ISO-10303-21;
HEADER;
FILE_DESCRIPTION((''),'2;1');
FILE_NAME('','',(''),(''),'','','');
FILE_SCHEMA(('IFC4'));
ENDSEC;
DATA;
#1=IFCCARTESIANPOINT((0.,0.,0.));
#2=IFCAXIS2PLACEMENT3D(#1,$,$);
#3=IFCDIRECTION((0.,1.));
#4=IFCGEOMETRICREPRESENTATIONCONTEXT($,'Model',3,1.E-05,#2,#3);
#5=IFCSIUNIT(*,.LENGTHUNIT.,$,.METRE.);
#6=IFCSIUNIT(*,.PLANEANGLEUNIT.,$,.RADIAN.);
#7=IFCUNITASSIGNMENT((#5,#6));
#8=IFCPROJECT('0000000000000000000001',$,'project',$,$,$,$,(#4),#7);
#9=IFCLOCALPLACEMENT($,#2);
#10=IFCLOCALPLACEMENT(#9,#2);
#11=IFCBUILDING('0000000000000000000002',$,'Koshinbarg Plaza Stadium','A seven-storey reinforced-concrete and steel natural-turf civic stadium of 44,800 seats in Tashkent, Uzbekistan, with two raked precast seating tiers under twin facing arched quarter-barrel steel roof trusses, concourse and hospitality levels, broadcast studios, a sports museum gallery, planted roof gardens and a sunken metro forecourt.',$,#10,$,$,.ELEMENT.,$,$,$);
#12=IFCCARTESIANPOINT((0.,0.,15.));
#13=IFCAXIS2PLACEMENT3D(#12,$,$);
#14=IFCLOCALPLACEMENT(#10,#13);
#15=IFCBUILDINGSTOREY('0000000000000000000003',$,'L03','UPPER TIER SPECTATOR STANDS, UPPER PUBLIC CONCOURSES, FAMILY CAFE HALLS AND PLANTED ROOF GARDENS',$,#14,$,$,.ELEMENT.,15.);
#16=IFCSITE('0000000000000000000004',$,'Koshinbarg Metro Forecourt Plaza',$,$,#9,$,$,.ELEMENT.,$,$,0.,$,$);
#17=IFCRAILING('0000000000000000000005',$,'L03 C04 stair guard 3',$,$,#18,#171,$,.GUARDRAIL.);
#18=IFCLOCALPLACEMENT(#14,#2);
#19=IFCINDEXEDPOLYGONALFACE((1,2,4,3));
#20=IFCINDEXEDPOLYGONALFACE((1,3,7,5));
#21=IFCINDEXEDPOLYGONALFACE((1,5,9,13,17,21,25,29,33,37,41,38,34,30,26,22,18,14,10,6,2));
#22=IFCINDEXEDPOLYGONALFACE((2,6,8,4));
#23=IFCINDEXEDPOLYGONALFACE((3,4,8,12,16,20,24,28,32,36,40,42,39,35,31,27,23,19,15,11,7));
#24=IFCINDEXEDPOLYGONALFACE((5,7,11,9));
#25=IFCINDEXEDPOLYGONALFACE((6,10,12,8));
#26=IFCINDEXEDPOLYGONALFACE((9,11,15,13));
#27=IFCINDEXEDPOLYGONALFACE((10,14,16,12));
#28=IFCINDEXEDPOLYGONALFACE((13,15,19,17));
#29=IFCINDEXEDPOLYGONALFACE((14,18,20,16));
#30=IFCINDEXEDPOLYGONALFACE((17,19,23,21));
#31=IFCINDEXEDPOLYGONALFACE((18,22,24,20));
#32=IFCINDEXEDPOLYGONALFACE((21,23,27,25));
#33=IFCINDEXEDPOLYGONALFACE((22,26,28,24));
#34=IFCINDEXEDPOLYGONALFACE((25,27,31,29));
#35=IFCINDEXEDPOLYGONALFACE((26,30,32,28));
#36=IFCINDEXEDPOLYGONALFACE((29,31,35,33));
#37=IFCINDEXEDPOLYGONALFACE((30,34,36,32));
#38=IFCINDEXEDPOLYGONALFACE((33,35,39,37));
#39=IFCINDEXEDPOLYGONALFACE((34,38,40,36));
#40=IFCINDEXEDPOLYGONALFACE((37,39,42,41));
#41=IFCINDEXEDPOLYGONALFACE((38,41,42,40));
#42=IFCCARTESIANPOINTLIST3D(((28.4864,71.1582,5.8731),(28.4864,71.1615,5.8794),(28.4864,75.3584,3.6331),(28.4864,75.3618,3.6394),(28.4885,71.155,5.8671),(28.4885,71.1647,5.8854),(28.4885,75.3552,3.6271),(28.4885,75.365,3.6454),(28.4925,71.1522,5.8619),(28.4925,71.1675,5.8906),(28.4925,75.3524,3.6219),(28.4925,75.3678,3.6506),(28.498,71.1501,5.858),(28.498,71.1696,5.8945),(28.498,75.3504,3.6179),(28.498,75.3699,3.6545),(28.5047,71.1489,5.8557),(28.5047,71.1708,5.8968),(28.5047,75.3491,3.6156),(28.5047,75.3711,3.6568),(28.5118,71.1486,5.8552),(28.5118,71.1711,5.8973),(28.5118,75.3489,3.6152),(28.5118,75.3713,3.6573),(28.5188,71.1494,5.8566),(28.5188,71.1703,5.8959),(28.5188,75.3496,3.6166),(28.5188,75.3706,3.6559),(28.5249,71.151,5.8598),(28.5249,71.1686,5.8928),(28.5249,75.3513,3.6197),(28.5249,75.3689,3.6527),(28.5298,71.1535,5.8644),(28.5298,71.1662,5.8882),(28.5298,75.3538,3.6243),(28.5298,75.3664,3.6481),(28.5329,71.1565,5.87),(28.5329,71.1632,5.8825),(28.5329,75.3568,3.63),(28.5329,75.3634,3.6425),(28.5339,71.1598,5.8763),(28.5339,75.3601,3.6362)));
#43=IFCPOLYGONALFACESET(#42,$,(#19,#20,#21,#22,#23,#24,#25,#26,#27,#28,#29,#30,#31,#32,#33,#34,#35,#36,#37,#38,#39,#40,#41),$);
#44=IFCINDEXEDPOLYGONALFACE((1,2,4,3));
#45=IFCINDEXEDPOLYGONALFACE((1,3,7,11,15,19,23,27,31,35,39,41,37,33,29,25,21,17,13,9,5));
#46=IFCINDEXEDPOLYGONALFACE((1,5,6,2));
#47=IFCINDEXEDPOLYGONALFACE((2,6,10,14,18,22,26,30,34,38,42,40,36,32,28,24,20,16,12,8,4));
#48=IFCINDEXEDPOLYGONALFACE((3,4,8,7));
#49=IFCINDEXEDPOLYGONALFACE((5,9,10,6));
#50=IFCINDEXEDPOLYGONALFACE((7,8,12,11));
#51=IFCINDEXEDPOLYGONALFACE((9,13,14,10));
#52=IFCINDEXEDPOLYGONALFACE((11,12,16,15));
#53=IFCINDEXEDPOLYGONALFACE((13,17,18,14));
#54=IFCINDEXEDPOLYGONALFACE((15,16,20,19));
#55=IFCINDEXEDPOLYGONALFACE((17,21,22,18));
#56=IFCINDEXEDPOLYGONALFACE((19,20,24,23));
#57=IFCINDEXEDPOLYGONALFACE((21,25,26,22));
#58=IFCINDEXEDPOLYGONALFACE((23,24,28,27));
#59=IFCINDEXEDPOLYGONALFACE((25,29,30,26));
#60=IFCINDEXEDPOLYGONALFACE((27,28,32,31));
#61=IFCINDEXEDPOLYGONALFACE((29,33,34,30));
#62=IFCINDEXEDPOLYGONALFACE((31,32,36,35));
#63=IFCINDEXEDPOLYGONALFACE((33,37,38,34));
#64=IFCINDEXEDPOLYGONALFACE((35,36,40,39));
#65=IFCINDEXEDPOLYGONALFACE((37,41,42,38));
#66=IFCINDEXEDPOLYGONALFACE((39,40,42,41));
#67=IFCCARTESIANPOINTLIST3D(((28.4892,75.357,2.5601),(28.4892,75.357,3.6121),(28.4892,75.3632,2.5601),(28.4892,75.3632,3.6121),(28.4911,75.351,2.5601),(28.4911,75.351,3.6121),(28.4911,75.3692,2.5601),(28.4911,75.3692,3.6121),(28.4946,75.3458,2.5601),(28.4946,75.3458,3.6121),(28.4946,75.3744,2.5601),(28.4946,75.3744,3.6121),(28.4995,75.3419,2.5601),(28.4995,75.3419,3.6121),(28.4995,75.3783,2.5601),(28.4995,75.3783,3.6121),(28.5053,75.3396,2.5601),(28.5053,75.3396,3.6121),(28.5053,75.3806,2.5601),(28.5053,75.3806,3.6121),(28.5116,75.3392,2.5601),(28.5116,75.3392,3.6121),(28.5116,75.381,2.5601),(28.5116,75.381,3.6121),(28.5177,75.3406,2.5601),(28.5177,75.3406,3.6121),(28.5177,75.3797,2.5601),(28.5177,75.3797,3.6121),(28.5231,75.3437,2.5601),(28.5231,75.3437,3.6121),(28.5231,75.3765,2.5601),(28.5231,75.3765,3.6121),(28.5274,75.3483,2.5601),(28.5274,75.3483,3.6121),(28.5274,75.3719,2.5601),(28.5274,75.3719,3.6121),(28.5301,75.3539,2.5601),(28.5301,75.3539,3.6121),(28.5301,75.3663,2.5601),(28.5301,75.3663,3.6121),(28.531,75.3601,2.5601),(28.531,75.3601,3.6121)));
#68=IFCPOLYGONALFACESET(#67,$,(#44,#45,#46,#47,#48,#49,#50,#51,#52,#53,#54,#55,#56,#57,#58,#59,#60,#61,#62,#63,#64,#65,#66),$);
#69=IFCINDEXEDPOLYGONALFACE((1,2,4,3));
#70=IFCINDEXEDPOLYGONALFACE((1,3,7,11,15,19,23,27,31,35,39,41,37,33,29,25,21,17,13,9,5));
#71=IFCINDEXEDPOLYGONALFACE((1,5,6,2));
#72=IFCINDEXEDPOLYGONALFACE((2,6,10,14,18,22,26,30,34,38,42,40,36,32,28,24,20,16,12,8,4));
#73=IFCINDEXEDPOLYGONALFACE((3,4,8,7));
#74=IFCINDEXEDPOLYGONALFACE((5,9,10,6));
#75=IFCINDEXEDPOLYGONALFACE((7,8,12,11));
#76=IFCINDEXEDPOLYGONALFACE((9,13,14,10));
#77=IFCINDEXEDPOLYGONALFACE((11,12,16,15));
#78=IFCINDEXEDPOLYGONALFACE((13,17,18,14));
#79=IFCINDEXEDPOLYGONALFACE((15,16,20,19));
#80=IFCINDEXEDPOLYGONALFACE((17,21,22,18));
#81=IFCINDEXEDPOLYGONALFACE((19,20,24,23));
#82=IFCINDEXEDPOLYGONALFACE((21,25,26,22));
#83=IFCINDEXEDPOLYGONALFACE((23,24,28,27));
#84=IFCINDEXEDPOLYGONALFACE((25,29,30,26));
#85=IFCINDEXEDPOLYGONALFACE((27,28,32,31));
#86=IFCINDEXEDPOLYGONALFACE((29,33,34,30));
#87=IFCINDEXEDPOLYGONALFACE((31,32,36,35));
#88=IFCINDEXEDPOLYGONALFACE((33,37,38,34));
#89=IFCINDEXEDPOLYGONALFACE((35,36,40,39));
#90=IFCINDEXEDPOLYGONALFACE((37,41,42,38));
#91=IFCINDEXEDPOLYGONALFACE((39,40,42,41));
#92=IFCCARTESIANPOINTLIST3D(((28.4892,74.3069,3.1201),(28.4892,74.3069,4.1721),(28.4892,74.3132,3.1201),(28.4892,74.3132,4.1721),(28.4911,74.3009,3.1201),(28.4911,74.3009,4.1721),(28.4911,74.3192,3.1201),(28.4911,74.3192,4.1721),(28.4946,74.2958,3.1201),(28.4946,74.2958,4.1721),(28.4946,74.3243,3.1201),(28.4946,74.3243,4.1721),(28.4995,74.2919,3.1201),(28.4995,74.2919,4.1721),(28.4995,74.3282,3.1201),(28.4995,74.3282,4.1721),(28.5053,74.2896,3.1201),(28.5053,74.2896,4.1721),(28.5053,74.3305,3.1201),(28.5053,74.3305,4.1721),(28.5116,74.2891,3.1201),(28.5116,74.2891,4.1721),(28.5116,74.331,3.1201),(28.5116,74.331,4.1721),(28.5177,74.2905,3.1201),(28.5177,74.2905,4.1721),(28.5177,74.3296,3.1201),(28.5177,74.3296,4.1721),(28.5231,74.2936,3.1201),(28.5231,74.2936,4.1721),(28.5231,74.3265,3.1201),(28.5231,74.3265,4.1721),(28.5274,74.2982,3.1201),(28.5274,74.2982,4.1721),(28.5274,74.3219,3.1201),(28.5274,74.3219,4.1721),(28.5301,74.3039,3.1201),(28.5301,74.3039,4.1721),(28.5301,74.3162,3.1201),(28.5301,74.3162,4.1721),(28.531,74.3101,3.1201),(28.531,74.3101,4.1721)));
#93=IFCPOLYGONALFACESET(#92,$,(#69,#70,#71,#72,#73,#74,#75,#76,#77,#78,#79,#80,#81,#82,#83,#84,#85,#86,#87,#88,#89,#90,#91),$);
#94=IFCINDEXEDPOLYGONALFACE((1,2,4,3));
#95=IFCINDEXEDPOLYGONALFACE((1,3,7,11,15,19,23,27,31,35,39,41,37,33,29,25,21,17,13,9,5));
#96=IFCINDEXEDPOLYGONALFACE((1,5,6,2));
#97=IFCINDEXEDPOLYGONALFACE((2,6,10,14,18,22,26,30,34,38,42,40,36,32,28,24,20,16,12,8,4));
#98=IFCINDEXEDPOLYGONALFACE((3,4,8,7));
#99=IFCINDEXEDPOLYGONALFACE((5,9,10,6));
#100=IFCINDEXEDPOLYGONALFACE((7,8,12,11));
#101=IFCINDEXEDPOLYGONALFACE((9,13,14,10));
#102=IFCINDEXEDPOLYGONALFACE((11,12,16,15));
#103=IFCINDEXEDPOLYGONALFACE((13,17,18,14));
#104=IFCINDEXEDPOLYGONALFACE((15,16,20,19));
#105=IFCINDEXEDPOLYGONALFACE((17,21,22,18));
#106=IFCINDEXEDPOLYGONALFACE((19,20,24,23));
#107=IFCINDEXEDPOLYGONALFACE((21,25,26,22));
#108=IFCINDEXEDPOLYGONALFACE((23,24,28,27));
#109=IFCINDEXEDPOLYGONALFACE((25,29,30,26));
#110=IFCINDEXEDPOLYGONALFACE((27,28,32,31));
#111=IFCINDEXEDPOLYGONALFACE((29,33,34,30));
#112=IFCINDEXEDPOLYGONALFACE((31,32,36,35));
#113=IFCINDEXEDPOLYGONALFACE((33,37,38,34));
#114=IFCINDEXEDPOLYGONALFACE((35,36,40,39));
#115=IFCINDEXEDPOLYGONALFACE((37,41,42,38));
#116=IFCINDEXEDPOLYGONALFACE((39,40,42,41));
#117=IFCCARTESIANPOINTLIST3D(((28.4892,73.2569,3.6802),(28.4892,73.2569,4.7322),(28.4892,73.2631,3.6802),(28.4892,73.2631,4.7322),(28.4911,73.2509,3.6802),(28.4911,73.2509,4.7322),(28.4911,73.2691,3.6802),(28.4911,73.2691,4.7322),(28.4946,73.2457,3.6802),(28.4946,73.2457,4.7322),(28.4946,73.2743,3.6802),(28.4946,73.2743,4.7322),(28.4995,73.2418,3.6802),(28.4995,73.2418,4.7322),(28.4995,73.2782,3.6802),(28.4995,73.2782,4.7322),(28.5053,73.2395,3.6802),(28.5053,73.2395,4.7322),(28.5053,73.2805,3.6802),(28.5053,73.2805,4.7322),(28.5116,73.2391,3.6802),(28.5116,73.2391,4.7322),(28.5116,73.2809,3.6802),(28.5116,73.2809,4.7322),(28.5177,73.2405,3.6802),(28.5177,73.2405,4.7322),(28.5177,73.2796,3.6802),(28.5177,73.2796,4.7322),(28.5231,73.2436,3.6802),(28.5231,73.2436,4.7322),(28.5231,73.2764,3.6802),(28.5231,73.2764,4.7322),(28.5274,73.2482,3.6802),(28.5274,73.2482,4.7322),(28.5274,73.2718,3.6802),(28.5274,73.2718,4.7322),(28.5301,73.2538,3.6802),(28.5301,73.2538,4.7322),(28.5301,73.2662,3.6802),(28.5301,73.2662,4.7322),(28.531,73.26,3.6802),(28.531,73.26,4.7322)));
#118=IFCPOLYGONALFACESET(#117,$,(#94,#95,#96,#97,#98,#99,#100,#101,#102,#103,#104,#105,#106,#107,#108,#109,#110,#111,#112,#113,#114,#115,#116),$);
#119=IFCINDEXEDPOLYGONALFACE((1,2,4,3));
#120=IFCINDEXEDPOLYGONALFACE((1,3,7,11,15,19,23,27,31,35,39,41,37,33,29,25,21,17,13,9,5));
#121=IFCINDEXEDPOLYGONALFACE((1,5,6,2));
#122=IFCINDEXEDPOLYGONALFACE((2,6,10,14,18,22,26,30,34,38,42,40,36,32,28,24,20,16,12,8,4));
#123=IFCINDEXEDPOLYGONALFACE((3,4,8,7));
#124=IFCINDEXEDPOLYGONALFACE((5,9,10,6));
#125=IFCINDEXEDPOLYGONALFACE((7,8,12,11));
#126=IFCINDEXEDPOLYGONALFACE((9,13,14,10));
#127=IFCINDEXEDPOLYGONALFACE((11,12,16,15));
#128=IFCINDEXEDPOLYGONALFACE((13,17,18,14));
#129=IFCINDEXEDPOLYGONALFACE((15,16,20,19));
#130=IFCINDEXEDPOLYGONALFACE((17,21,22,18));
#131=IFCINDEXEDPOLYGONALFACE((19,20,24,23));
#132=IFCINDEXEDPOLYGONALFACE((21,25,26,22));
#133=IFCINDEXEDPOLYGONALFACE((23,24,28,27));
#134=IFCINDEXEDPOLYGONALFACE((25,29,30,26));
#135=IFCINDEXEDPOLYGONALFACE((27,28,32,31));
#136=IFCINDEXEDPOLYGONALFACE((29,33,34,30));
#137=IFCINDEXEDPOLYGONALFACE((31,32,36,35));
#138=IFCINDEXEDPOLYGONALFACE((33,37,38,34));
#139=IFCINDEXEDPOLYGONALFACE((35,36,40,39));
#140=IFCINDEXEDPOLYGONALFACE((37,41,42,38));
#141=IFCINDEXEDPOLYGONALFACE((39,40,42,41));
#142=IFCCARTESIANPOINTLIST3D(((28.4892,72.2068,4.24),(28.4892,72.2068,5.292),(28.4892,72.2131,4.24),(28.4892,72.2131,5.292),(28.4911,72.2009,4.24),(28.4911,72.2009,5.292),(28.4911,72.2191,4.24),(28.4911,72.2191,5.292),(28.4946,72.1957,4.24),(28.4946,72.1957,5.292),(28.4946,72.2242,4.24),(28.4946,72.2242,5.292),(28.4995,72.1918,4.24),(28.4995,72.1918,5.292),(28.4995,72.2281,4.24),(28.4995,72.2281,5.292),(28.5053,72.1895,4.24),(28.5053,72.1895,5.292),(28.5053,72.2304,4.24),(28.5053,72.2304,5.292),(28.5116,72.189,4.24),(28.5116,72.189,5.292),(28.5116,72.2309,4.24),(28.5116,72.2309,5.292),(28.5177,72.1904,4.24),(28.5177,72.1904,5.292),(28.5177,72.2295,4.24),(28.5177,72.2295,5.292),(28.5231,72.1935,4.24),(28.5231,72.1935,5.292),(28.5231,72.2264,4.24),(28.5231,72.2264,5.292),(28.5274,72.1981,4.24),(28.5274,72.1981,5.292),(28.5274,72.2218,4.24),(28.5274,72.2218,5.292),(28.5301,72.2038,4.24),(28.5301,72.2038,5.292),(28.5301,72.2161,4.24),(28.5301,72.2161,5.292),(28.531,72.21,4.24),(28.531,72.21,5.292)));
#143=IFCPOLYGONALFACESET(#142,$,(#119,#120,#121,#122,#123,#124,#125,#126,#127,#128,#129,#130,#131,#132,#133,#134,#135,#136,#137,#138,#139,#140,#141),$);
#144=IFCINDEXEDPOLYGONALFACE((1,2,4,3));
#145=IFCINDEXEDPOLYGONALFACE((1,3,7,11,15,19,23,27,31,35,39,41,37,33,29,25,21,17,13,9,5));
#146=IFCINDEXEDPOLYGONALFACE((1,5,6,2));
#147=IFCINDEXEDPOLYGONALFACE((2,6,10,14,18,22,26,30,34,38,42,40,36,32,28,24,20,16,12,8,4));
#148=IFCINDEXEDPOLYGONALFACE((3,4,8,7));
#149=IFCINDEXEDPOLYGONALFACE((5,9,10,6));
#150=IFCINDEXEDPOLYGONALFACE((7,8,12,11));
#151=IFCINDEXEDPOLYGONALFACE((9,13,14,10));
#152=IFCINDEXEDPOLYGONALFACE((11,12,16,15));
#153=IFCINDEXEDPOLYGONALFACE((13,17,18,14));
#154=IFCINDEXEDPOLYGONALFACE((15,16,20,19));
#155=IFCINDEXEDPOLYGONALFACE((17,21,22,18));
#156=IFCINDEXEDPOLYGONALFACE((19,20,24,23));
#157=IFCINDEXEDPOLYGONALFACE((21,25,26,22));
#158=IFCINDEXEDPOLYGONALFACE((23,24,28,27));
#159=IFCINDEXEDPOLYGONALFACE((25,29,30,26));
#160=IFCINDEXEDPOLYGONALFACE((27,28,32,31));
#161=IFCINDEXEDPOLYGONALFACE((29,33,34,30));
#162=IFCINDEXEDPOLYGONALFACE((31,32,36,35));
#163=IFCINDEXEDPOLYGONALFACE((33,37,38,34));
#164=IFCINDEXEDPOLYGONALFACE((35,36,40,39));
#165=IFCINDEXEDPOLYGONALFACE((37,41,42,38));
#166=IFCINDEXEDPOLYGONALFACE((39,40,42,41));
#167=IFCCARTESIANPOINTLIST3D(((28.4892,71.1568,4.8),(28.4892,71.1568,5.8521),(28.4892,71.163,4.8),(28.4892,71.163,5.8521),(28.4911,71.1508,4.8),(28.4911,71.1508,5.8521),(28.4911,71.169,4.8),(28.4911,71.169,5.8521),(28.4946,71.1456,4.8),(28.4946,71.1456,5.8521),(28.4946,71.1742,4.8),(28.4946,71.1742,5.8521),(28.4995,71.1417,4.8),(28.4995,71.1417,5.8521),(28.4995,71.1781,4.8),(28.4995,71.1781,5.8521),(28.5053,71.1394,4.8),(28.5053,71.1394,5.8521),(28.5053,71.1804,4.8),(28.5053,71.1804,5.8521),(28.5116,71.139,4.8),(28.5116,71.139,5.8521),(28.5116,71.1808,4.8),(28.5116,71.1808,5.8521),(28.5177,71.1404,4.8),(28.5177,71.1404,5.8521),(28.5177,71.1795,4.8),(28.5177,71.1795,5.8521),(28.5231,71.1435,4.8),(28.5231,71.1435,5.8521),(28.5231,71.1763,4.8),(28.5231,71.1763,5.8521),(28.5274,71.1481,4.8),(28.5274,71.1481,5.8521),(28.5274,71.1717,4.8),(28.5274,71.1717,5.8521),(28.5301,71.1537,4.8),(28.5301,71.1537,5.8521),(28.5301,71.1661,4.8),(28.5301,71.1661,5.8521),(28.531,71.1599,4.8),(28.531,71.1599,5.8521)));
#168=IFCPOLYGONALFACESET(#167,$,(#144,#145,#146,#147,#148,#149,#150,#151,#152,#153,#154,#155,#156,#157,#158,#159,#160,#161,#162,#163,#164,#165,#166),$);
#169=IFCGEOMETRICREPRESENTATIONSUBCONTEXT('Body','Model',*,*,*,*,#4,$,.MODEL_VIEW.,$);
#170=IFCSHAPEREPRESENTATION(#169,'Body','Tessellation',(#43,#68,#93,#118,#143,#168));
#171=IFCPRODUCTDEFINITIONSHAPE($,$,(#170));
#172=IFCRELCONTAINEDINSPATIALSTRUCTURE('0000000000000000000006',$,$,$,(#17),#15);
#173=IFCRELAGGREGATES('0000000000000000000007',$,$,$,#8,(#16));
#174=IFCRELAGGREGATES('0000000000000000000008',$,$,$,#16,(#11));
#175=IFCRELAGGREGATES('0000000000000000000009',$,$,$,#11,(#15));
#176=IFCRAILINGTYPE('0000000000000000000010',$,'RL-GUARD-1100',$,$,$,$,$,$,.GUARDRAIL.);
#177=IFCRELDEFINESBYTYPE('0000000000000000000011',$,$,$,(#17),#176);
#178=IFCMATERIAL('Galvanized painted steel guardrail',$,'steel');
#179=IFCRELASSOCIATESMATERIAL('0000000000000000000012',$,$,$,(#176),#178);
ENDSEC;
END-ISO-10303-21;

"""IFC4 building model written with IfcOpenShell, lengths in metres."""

from ifc_helpers import new_model, si_unit, direction, frame, origin, origin_2d, place, context, subcontext, project, spatial, circle, extrude, material, type_object, element, save


model = new_model("IFC4")

# Units and contexts
model_context = context("Model", 3, precision=1e-05, world=origin(), true_north=direction((0.0, 1.0)))
body_context = subcontext(model_context, "Body", "Model", "MODEL_VIEW")
ifc_project = project(units=[si_unit("LENGTHUNIT", "METRE"), si_unit("PLANEANGLEUNIT", "RADIAN")], contexts=[model_context])

# Site, building, storey
site_placement = place(None, origin())
site = spatial("IfcSite", under=ifc_project, at=site_placement, Name="Koshinbarg Metro Forecourt Plaza", CompositionType="ELEMENT", RefElevation=0.0)
building_placement = place(site_placement, origin())
building = spatial("IfcBuilding", under=site, at=building_placement, Name="Koshinbarg Plaza Stadium", Description="A seven-storey reinforced-concrete and steel natural-turf civic stadium of 44,800 seats in Tashkent, Uzbekistan, with two raked precast seating tiers under twin facing arched quarter-barrel steel roof trusses, concourse and hospitality levels, broadcast studios, a sports museum gallery, planted roof gardens and a sunken metro forecourt.", CompositionType="ELEMENT")
storey_placement = place(building_placement, frame((0.0, 0.0, 15.0)))
storey = spatial("IfcBuildingStorey", under=building, at=storey_placement, Name="L03", Description="UPPER TIER SPECTATOR STANDS, UPPER PUBLIC CONCOURSES, FAMILY CAFE HALLS AND PLANTED ROOF GARDENS", CompositionType="ELEMENT", Elevation=15.0)

# Railing
ifc_material_1 = material(Name="Galvanized painted steel guardrail", Category="steel")
railing_type_1 = type_object("IfcRailingType", Name="RL-GUARD-1100", PredefinedType="GUARDRAIL", material=ifc_material_1)
for number, where, name in (
    (1, (28.51, 75.3601, 2.5601), "L03 C04 stair guard 3"),
):
    element("IfcRailing", number, at=place(storey_placement, frame(where)), inside=storey, type_object=railing_type_1, Name=name, PredefinedType="GUARDRAIL", context=body_context, shape_type="SweptSolid", body=[
        extrude(circle(Radius=0.0239, at=origin_2d()), frame((0.0, 0.0, 1.0762), z_axis=(0.0, -0.882363, 0.47057), x_axis=(1.0, 0.0, 0.0)), (0.0, 0.0, 1.0), 4.7603),
        extrude(circle(Radius=0.021, at=origin_2d()), origin(), (0.0, 0.0, 1.0), 1.052),
        extrude(circle(Radius=0.021, at=origin_2d()), frame((0.0, -1.05, 0.5601)), (0.0, 0.0, 1.0), 1.052),
        extrude(circle(Radius=0.021, at=origin_2d()), frame((0.0, -2.1001, 1.1201)), (0.0, 0.0, 1.0), 1.052),
        extrude(circle(Radius=0.021, at=origin_2d()), frame((0.0, -3.1501, 1.6799)), (0.0, 0.0, 1.0), 1.052),
        extrude(circle(Radius=0.021, at=origin_2d()), frame((0.0, -4.2002, 2.24)), (0.0, 0.0, 1.0), 1.052),
    ])

save(model, "model.ifc")
